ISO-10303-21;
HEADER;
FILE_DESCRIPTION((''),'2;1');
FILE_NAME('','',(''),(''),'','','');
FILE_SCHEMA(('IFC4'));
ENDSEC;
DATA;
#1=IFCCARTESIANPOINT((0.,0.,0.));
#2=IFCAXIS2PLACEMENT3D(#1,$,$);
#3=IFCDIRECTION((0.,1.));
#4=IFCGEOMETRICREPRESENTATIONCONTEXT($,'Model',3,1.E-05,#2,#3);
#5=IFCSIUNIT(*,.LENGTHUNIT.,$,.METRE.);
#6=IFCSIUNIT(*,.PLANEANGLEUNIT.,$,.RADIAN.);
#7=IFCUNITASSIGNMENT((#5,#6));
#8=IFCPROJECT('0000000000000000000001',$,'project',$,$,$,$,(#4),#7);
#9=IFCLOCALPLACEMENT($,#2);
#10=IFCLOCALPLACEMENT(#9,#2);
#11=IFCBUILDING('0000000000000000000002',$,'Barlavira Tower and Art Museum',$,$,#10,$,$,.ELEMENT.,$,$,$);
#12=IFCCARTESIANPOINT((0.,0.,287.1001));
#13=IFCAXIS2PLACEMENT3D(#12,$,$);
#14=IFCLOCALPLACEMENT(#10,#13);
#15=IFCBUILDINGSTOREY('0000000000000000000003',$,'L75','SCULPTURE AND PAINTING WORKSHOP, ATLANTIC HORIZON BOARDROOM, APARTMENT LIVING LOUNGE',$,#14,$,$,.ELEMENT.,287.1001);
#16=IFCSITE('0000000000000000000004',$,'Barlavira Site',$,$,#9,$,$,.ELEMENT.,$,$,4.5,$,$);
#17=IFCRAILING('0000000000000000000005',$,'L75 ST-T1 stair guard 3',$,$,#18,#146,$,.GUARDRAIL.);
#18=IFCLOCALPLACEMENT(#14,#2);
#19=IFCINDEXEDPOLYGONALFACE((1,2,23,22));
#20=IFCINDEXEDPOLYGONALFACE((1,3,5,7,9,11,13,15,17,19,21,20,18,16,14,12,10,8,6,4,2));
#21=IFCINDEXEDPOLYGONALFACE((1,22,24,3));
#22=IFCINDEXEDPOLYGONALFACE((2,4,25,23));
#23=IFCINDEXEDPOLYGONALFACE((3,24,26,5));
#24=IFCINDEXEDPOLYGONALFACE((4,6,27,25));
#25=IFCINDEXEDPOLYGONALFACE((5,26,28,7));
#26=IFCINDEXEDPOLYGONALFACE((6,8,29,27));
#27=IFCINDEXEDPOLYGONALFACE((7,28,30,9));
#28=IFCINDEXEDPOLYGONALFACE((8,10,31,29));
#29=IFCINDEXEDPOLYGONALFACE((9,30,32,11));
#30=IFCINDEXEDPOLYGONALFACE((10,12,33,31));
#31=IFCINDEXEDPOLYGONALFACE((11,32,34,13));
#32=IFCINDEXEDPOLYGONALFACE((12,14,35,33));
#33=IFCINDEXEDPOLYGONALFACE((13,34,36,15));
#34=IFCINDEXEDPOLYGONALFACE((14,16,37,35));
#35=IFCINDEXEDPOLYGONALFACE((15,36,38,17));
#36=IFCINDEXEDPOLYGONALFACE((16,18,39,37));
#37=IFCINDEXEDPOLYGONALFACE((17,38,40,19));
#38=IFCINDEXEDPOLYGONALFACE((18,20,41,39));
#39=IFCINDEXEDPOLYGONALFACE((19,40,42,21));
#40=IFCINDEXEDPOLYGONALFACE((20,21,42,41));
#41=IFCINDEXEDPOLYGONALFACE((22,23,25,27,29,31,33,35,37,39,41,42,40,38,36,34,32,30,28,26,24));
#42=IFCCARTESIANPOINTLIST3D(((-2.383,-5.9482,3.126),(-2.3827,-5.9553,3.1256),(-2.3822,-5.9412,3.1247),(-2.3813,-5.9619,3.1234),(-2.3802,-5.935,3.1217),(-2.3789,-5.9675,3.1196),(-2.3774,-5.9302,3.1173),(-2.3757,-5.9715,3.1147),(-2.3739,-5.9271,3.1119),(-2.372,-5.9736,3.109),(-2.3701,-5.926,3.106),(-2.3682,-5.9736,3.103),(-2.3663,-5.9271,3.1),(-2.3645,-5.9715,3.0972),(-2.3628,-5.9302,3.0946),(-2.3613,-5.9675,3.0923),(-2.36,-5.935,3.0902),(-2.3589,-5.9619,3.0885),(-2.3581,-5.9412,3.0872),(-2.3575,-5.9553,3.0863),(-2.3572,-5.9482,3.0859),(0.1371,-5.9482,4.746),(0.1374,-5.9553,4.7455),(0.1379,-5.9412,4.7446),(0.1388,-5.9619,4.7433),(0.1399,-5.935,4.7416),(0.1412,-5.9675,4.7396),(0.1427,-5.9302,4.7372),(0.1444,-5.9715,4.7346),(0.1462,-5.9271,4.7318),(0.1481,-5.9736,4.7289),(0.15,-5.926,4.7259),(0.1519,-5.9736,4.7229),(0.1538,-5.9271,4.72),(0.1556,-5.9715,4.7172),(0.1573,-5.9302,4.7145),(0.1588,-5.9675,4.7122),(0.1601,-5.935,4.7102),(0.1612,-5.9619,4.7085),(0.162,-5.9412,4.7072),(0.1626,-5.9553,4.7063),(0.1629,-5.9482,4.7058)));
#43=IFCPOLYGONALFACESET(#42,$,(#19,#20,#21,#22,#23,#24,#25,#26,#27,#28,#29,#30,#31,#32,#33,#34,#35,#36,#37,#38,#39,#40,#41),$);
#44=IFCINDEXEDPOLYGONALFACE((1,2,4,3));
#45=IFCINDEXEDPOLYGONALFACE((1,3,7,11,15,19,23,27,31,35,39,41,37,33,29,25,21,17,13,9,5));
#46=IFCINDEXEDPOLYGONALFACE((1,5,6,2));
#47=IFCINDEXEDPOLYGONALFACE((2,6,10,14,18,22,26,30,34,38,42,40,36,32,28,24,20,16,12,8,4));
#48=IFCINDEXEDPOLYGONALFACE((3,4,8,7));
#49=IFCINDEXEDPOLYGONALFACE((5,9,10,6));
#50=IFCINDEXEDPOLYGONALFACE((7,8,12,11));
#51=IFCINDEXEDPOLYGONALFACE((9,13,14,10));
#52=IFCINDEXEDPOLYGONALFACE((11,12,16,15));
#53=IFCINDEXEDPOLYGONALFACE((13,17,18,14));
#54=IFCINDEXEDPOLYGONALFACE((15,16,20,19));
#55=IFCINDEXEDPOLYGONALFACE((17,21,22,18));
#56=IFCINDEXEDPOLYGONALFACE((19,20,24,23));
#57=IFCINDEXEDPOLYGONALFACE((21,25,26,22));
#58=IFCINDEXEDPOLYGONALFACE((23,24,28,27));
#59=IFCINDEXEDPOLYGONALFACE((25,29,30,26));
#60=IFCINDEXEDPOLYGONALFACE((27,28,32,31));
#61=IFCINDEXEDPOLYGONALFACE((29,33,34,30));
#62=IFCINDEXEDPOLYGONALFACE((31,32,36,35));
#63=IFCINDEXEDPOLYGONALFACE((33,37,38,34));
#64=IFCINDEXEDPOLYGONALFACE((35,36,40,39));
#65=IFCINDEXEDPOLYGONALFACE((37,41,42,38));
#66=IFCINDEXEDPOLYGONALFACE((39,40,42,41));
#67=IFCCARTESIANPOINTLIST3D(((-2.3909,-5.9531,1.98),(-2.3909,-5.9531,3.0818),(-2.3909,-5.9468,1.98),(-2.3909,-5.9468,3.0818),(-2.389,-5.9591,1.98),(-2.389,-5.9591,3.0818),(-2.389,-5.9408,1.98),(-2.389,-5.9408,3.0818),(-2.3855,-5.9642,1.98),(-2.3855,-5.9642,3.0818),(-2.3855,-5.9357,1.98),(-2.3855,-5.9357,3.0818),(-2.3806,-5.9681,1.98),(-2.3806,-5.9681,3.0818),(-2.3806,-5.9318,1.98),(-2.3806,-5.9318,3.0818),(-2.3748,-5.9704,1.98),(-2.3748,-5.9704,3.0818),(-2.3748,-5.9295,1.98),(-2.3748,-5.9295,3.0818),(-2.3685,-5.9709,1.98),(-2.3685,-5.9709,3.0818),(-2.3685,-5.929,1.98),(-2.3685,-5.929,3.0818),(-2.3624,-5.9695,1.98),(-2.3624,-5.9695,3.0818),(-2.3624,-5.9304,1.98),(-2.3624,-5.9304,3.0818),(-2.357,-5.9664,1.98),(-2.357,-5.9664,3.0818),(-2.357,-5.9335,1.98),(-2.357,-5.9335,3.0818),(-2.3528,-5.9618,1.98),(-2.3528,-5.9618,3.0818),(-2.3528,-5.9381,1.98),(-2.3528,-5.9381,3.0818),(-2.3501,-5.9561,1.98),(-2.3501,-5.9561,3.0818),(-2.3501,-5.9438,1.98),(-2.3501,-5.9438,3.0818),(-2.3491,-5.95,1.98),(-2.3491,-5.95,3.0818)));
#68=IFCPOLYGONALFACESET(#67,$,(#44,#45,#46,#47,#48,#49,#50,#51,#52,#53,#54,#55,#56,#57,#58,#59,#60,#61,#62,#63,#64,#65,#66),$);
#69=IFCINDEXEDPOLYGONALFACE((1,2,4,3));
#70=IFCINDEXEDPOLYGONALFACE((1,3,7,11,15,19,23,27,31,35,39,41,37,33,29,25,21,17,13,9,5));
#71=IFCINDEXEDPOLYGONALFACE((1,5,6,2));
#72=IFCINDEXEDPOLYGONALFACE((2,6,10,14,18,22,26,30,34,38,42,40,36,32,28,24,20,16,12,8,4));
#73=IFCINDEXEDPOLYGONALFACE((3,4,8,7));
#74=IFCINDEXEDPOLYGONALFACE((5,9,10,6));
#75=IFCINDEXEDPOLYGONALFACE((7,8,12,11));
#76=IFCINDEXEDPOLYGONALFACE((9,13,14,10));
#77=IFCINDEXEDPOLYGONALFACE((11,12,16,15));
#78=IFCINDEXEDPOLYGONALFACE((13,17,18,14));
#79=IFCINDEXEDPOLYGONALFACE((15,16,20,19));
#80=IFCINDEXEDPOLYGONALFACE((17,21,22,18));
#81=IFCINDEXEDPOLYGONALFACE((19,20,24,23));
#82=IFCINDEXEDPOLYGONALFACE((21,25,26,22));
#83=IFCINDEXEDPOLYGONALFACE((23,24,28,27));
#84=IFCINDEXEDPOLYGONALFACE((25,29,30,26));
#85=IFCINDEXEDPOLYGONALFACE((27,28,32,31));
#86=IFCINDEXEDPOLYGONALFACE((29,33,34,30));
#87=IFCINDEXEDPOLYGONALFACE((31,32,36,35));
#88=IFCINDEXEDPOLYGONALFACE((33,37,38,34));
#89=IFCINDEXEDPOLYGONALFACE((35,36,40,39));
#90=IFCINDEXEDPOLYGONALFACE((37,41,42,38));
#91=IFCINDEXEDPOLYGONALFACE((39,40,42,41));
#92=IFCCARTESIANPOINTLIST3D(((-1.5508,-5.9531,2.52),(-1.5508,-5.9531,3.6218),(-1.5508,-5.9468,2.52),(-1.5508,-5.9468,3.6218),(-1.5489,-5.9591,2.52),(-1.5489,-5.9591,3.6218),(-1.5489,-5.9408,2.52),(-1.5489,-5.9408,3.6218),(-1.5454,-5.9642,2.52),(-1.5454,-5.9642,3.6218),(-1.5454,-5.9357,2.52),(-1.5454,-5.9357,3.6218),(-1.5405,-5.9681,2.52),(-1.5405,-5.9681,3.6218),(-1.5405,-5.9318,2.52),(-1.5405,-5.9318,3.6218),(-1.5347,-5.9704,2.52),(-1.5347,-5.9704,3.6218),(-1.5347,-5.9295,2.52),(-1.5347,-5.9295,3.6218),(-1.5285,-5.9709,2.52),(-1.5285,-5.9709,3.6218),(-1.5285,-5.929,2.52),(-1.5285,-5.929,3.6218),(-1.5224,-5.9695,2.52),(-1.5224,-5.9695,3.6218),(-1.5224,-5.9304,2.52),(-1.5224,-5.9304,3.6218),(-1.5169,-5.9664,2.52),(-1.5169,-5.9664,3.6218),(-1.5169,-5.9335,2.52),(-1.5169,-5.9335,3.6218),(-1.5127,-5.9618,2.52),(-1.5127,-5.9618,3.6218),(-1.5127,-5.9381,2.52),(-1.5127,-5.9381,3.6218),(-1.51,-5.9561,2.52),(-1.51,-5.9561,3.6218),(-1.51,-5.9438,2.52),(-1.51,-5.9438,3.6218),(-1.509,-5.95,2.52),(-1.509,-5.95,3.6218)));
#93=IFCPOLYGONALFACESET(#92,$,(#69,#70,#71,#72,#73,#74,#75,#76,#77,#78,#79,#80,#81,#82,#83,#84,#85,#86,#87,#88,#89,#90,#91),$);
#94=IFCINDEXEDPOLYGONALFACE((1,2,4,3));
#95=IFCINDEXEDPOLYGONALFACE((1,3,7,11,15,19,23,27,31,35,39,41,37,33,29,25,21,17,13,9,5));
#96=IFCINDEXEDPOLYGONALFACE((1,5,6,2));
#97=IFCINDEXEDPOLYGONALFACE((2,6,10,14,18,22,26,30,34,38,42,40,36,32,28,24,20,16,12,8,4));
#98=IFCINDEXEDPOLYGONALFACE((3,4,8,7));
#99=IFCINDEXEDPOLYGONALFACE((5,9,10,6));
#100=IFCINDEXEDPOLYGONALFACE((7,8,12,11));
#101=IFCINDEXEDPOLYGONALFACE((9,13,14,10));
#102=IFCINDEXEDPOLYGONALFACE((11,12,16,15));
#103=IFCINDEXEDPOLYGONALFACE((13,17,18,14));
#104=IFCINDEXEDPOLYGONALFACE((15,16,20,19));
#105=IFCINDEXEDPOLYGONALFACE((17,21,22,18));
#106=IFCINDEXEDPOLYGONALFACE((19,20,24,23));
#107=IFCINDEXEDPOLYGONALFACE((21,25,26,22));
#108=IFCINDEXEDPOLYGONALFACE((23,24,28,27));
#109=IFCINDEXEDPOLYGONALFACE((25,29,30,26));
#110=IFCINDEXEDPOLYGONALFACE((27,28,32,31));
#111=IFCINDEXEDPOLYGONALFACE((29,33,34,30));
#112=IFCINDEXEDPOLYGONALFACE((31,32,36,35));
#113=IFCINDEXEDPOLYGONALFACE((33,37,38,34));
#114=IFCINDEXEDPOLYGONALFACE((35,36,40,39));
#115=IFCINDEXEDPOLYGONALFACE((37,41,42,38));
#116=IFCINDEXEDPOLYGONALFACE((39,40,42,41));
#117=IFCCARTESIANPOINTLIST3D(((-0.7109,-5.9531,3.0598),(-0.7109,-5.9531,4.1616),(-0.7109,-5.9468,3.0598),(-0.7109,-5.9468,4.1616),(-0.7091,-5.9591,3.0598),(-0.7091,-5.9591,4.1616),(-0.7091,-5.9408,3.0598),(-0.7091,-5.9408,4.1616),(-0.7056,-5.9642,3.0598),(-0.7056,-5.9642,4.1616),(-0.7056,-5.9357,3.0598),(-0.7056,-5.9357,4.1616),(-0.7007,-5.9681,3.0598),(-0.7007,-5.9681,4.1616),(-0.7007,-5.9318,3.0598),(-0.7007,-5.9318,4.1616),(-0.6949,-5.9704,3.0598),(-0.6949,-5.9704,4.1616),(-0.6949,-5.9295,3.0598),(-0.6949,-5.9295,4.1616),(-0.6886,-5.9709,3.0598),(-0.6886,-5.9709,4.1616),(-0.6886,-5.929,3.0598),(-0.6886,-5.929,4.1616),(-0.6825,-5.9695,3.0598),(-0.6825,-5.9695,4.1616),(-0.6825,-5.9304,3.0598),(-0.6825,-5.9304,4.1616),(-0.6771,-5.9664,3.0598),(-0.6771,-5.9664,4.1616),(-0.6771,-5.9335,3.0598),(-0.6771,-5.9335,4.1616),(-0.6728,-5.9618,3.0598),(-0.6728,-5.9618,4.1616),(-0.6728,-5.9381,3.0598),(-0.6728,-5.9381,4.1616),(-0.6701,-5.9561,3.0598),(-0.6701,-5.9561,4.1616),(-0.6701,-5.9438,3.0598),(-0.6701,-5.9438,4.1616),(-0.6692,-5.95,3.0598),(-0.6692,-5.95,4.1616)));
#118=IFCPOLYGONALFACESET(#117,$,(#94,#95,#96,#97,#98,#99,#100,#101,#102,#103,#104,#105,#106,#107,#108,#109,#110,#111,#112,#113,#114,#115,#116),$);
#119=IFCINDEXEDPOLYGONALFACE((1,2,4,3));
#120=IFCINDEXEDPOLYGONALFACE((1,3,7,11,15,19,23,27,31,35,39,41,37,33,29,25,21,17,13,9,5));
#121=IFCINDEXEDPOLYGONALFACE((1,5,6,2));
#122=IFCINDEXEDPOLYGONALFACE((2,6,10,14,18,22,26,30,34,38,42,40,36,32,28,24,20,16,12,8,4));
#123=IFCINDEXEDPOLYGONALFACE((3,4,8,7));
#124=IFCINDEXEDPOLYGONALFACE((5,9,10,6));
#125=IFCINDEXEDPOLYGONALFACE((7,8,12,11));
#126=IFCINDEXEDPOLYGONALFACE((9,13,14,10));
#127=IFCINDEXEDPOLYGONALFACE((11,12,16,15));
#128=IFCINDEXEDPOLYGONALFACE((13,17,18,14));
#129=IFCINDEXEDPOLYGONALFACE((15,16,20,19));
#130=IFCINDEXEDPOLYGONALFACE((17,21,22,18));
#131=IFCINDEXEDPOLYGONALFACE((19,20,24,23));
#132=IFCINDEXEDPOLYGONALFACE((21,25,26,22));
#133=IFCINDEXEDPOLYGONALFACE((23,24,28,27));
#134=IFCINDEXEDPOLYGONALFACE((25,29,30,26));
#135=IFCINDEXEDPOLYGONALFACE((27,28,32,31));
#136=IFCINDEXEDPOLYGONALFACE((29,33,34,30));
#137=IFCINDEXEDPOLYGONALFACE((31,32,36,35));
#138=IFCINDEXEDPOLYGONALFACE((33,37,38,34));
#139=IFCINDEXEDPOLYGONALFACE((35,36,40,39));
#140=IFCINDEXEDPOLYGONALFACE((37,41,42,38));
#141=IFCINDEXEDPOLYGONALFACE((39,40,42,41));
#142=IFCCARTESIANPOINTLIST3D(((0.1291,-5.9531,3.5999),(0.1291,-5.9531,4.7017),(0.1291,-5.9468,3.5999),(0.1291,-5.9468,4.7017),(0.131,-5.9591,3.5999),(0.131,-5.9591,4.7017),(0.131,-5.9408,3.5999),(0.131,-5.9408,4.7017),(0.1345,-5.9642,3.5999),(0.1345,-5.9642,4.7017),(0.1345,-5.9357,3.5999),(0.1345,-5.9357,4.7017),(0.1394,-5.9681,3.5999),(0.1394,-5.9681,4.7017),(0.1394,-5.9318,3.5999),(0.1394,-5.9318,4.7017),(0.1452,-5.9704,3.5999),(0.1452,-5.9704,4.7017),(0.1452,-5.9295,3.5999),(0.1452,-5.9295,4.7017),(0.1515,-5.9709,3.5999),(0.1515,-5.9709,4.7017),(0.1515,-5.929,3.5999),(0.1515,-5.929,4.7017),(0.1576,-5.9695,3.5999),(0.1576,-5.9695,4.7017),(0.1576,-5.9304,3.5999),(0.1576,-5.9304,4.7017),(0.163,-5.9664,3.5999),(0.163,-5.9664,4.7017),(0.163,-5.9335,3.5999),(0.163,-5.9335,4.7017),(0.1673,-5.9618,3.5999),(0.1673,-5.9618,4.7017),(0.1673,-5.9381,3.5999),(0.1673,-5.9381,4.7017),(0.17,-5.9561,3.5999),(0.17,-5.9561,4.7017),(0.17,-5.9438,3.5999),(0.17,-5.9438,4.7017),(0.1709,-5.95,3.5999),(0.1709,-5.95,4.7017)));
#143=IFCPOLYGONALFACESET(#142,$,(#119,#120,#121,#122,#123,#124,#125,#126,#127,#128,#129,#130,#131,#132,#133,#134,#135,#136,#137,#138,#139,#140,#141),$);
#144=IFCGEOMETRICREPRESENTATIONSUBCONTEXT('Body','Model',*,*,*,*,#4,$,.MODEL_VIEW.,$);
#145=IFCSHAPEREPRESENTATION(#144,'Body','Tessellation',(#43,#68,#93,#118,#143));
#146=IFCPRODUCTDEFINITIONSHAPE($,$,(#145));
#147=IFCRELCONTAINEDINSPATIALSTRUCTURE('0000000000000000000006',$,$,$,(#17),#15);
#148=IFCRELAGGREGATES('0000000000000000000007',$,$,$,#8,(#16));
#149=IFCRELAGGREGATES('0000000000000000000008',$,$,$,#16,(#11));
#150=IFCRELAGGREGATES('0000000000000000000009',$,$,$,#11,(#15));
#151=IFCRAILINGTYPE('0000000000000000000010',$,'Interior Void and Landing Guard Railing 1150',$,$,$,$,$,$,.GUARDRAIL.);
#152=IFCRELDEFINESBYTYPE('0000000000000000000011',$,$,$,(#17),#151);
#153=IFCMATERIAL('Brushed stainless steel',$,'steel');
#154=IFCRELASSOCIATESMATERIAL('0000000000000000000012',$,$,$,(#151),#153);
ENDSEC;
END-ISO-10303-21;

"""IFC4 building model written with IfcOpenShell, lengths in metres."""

from ifc_helpers import new_model, si_unit, direction, frame, origin, origin_2d, place, context, subcontext, project, spatial, circle, extrude, material, type_object, element, save


model = new_model("IFC4")

# Units and contexts
model_context = context("Model", 3, precision=1e-05, world=origin(), true_north=direction((0.0, 1.0)))
body_context = subcontext(model_context, "Body", "Model", "MODEL_VIEW")
ifc_project = project(units=[si_unit("LENGTHUNIT", "METRE"), si_unit("PLANEANGLEUNIT", "RADIAN")], contexts=[model_context])

# Site, building, storey
site_placement = place(None, origin())
site = spatial("IfcSite", under=ifc_project, at=site_placement, Name="Barlavira Site", CompositionType="ELEMENT", RefElevation=4.5)
building_placement = place(site_placement, origin())
building = spatial("IfcBuilding", under=site, at=building_placement, Name="Barlavira Tower and Art Museum", CompositionType="ELEMENT")
storey_placement = place(building_placement, frame((0.0, 0.0, 287.1001)))
storey = spatial("IfcBuildingStorey", under=building, at=storey_placement, Name="L75", Description="SCULPTURE AND PAINTING WORKSHOP, ATLANTIC HORIZON BOARDROOM, APARTMENT LIVING LOUNGE", CompositionType="ELEMENT", Elevation=287.1001)

# Shared definitions
ifc_material_1 = material(Name="Brushed stainless steel", Category="steel")

# Railing
railing_type_1 = type_object("IfcRailingType", Name="Interior Void and Landing Guard Railing 1150", PredefinedType="GUARDRAIL", material=ifc_material_1)
railing_1_placement = place(storey_placement, frame((-2.3701, -5.95, 1.98)))
element("IfcRailing", 1, at=railing_1_placement, inside=storey, type_object=railing_type_1, Name="L75 ST-T1 stair guard 3", PredefinedType="GUARDRAIL", context=body_context, shape_type="SweptSolid", body=[
    extrude(circle(Radius=0.0239, at=origin_2d()), frame((0.0, 0.0, 1.126), z_axis=(0.8412, 0.0, 0.540725), x_axis=(0.0, 1.0, 0.0)), (0.0, 0.0, 1.0), 2.9958),
    extrude(circle(Radius=0.021, at=origin_2d()), origin(), (0.0, 0.0, 1.0), 1.1018),
    extrude(circle(Radius=0.021, at=origin_2d()), frame((0.8401, 0.0, 0.54)), (0.0, 0.0, 1.0), 1.1018),
    extrude(circle(Radius=0.021, at=origin_2d()), frame((1.6799, 0.0, 1.0798)), (0.0, 0.0, 1.0), 1.1018),
    extrude(circle(Radius=0.021, at=origin_2d()), frame((2.52, 0.0, 1.6199)), (0.0, 0.0, 1.0), 1.1018),
])

save(model, "model.ifc")
